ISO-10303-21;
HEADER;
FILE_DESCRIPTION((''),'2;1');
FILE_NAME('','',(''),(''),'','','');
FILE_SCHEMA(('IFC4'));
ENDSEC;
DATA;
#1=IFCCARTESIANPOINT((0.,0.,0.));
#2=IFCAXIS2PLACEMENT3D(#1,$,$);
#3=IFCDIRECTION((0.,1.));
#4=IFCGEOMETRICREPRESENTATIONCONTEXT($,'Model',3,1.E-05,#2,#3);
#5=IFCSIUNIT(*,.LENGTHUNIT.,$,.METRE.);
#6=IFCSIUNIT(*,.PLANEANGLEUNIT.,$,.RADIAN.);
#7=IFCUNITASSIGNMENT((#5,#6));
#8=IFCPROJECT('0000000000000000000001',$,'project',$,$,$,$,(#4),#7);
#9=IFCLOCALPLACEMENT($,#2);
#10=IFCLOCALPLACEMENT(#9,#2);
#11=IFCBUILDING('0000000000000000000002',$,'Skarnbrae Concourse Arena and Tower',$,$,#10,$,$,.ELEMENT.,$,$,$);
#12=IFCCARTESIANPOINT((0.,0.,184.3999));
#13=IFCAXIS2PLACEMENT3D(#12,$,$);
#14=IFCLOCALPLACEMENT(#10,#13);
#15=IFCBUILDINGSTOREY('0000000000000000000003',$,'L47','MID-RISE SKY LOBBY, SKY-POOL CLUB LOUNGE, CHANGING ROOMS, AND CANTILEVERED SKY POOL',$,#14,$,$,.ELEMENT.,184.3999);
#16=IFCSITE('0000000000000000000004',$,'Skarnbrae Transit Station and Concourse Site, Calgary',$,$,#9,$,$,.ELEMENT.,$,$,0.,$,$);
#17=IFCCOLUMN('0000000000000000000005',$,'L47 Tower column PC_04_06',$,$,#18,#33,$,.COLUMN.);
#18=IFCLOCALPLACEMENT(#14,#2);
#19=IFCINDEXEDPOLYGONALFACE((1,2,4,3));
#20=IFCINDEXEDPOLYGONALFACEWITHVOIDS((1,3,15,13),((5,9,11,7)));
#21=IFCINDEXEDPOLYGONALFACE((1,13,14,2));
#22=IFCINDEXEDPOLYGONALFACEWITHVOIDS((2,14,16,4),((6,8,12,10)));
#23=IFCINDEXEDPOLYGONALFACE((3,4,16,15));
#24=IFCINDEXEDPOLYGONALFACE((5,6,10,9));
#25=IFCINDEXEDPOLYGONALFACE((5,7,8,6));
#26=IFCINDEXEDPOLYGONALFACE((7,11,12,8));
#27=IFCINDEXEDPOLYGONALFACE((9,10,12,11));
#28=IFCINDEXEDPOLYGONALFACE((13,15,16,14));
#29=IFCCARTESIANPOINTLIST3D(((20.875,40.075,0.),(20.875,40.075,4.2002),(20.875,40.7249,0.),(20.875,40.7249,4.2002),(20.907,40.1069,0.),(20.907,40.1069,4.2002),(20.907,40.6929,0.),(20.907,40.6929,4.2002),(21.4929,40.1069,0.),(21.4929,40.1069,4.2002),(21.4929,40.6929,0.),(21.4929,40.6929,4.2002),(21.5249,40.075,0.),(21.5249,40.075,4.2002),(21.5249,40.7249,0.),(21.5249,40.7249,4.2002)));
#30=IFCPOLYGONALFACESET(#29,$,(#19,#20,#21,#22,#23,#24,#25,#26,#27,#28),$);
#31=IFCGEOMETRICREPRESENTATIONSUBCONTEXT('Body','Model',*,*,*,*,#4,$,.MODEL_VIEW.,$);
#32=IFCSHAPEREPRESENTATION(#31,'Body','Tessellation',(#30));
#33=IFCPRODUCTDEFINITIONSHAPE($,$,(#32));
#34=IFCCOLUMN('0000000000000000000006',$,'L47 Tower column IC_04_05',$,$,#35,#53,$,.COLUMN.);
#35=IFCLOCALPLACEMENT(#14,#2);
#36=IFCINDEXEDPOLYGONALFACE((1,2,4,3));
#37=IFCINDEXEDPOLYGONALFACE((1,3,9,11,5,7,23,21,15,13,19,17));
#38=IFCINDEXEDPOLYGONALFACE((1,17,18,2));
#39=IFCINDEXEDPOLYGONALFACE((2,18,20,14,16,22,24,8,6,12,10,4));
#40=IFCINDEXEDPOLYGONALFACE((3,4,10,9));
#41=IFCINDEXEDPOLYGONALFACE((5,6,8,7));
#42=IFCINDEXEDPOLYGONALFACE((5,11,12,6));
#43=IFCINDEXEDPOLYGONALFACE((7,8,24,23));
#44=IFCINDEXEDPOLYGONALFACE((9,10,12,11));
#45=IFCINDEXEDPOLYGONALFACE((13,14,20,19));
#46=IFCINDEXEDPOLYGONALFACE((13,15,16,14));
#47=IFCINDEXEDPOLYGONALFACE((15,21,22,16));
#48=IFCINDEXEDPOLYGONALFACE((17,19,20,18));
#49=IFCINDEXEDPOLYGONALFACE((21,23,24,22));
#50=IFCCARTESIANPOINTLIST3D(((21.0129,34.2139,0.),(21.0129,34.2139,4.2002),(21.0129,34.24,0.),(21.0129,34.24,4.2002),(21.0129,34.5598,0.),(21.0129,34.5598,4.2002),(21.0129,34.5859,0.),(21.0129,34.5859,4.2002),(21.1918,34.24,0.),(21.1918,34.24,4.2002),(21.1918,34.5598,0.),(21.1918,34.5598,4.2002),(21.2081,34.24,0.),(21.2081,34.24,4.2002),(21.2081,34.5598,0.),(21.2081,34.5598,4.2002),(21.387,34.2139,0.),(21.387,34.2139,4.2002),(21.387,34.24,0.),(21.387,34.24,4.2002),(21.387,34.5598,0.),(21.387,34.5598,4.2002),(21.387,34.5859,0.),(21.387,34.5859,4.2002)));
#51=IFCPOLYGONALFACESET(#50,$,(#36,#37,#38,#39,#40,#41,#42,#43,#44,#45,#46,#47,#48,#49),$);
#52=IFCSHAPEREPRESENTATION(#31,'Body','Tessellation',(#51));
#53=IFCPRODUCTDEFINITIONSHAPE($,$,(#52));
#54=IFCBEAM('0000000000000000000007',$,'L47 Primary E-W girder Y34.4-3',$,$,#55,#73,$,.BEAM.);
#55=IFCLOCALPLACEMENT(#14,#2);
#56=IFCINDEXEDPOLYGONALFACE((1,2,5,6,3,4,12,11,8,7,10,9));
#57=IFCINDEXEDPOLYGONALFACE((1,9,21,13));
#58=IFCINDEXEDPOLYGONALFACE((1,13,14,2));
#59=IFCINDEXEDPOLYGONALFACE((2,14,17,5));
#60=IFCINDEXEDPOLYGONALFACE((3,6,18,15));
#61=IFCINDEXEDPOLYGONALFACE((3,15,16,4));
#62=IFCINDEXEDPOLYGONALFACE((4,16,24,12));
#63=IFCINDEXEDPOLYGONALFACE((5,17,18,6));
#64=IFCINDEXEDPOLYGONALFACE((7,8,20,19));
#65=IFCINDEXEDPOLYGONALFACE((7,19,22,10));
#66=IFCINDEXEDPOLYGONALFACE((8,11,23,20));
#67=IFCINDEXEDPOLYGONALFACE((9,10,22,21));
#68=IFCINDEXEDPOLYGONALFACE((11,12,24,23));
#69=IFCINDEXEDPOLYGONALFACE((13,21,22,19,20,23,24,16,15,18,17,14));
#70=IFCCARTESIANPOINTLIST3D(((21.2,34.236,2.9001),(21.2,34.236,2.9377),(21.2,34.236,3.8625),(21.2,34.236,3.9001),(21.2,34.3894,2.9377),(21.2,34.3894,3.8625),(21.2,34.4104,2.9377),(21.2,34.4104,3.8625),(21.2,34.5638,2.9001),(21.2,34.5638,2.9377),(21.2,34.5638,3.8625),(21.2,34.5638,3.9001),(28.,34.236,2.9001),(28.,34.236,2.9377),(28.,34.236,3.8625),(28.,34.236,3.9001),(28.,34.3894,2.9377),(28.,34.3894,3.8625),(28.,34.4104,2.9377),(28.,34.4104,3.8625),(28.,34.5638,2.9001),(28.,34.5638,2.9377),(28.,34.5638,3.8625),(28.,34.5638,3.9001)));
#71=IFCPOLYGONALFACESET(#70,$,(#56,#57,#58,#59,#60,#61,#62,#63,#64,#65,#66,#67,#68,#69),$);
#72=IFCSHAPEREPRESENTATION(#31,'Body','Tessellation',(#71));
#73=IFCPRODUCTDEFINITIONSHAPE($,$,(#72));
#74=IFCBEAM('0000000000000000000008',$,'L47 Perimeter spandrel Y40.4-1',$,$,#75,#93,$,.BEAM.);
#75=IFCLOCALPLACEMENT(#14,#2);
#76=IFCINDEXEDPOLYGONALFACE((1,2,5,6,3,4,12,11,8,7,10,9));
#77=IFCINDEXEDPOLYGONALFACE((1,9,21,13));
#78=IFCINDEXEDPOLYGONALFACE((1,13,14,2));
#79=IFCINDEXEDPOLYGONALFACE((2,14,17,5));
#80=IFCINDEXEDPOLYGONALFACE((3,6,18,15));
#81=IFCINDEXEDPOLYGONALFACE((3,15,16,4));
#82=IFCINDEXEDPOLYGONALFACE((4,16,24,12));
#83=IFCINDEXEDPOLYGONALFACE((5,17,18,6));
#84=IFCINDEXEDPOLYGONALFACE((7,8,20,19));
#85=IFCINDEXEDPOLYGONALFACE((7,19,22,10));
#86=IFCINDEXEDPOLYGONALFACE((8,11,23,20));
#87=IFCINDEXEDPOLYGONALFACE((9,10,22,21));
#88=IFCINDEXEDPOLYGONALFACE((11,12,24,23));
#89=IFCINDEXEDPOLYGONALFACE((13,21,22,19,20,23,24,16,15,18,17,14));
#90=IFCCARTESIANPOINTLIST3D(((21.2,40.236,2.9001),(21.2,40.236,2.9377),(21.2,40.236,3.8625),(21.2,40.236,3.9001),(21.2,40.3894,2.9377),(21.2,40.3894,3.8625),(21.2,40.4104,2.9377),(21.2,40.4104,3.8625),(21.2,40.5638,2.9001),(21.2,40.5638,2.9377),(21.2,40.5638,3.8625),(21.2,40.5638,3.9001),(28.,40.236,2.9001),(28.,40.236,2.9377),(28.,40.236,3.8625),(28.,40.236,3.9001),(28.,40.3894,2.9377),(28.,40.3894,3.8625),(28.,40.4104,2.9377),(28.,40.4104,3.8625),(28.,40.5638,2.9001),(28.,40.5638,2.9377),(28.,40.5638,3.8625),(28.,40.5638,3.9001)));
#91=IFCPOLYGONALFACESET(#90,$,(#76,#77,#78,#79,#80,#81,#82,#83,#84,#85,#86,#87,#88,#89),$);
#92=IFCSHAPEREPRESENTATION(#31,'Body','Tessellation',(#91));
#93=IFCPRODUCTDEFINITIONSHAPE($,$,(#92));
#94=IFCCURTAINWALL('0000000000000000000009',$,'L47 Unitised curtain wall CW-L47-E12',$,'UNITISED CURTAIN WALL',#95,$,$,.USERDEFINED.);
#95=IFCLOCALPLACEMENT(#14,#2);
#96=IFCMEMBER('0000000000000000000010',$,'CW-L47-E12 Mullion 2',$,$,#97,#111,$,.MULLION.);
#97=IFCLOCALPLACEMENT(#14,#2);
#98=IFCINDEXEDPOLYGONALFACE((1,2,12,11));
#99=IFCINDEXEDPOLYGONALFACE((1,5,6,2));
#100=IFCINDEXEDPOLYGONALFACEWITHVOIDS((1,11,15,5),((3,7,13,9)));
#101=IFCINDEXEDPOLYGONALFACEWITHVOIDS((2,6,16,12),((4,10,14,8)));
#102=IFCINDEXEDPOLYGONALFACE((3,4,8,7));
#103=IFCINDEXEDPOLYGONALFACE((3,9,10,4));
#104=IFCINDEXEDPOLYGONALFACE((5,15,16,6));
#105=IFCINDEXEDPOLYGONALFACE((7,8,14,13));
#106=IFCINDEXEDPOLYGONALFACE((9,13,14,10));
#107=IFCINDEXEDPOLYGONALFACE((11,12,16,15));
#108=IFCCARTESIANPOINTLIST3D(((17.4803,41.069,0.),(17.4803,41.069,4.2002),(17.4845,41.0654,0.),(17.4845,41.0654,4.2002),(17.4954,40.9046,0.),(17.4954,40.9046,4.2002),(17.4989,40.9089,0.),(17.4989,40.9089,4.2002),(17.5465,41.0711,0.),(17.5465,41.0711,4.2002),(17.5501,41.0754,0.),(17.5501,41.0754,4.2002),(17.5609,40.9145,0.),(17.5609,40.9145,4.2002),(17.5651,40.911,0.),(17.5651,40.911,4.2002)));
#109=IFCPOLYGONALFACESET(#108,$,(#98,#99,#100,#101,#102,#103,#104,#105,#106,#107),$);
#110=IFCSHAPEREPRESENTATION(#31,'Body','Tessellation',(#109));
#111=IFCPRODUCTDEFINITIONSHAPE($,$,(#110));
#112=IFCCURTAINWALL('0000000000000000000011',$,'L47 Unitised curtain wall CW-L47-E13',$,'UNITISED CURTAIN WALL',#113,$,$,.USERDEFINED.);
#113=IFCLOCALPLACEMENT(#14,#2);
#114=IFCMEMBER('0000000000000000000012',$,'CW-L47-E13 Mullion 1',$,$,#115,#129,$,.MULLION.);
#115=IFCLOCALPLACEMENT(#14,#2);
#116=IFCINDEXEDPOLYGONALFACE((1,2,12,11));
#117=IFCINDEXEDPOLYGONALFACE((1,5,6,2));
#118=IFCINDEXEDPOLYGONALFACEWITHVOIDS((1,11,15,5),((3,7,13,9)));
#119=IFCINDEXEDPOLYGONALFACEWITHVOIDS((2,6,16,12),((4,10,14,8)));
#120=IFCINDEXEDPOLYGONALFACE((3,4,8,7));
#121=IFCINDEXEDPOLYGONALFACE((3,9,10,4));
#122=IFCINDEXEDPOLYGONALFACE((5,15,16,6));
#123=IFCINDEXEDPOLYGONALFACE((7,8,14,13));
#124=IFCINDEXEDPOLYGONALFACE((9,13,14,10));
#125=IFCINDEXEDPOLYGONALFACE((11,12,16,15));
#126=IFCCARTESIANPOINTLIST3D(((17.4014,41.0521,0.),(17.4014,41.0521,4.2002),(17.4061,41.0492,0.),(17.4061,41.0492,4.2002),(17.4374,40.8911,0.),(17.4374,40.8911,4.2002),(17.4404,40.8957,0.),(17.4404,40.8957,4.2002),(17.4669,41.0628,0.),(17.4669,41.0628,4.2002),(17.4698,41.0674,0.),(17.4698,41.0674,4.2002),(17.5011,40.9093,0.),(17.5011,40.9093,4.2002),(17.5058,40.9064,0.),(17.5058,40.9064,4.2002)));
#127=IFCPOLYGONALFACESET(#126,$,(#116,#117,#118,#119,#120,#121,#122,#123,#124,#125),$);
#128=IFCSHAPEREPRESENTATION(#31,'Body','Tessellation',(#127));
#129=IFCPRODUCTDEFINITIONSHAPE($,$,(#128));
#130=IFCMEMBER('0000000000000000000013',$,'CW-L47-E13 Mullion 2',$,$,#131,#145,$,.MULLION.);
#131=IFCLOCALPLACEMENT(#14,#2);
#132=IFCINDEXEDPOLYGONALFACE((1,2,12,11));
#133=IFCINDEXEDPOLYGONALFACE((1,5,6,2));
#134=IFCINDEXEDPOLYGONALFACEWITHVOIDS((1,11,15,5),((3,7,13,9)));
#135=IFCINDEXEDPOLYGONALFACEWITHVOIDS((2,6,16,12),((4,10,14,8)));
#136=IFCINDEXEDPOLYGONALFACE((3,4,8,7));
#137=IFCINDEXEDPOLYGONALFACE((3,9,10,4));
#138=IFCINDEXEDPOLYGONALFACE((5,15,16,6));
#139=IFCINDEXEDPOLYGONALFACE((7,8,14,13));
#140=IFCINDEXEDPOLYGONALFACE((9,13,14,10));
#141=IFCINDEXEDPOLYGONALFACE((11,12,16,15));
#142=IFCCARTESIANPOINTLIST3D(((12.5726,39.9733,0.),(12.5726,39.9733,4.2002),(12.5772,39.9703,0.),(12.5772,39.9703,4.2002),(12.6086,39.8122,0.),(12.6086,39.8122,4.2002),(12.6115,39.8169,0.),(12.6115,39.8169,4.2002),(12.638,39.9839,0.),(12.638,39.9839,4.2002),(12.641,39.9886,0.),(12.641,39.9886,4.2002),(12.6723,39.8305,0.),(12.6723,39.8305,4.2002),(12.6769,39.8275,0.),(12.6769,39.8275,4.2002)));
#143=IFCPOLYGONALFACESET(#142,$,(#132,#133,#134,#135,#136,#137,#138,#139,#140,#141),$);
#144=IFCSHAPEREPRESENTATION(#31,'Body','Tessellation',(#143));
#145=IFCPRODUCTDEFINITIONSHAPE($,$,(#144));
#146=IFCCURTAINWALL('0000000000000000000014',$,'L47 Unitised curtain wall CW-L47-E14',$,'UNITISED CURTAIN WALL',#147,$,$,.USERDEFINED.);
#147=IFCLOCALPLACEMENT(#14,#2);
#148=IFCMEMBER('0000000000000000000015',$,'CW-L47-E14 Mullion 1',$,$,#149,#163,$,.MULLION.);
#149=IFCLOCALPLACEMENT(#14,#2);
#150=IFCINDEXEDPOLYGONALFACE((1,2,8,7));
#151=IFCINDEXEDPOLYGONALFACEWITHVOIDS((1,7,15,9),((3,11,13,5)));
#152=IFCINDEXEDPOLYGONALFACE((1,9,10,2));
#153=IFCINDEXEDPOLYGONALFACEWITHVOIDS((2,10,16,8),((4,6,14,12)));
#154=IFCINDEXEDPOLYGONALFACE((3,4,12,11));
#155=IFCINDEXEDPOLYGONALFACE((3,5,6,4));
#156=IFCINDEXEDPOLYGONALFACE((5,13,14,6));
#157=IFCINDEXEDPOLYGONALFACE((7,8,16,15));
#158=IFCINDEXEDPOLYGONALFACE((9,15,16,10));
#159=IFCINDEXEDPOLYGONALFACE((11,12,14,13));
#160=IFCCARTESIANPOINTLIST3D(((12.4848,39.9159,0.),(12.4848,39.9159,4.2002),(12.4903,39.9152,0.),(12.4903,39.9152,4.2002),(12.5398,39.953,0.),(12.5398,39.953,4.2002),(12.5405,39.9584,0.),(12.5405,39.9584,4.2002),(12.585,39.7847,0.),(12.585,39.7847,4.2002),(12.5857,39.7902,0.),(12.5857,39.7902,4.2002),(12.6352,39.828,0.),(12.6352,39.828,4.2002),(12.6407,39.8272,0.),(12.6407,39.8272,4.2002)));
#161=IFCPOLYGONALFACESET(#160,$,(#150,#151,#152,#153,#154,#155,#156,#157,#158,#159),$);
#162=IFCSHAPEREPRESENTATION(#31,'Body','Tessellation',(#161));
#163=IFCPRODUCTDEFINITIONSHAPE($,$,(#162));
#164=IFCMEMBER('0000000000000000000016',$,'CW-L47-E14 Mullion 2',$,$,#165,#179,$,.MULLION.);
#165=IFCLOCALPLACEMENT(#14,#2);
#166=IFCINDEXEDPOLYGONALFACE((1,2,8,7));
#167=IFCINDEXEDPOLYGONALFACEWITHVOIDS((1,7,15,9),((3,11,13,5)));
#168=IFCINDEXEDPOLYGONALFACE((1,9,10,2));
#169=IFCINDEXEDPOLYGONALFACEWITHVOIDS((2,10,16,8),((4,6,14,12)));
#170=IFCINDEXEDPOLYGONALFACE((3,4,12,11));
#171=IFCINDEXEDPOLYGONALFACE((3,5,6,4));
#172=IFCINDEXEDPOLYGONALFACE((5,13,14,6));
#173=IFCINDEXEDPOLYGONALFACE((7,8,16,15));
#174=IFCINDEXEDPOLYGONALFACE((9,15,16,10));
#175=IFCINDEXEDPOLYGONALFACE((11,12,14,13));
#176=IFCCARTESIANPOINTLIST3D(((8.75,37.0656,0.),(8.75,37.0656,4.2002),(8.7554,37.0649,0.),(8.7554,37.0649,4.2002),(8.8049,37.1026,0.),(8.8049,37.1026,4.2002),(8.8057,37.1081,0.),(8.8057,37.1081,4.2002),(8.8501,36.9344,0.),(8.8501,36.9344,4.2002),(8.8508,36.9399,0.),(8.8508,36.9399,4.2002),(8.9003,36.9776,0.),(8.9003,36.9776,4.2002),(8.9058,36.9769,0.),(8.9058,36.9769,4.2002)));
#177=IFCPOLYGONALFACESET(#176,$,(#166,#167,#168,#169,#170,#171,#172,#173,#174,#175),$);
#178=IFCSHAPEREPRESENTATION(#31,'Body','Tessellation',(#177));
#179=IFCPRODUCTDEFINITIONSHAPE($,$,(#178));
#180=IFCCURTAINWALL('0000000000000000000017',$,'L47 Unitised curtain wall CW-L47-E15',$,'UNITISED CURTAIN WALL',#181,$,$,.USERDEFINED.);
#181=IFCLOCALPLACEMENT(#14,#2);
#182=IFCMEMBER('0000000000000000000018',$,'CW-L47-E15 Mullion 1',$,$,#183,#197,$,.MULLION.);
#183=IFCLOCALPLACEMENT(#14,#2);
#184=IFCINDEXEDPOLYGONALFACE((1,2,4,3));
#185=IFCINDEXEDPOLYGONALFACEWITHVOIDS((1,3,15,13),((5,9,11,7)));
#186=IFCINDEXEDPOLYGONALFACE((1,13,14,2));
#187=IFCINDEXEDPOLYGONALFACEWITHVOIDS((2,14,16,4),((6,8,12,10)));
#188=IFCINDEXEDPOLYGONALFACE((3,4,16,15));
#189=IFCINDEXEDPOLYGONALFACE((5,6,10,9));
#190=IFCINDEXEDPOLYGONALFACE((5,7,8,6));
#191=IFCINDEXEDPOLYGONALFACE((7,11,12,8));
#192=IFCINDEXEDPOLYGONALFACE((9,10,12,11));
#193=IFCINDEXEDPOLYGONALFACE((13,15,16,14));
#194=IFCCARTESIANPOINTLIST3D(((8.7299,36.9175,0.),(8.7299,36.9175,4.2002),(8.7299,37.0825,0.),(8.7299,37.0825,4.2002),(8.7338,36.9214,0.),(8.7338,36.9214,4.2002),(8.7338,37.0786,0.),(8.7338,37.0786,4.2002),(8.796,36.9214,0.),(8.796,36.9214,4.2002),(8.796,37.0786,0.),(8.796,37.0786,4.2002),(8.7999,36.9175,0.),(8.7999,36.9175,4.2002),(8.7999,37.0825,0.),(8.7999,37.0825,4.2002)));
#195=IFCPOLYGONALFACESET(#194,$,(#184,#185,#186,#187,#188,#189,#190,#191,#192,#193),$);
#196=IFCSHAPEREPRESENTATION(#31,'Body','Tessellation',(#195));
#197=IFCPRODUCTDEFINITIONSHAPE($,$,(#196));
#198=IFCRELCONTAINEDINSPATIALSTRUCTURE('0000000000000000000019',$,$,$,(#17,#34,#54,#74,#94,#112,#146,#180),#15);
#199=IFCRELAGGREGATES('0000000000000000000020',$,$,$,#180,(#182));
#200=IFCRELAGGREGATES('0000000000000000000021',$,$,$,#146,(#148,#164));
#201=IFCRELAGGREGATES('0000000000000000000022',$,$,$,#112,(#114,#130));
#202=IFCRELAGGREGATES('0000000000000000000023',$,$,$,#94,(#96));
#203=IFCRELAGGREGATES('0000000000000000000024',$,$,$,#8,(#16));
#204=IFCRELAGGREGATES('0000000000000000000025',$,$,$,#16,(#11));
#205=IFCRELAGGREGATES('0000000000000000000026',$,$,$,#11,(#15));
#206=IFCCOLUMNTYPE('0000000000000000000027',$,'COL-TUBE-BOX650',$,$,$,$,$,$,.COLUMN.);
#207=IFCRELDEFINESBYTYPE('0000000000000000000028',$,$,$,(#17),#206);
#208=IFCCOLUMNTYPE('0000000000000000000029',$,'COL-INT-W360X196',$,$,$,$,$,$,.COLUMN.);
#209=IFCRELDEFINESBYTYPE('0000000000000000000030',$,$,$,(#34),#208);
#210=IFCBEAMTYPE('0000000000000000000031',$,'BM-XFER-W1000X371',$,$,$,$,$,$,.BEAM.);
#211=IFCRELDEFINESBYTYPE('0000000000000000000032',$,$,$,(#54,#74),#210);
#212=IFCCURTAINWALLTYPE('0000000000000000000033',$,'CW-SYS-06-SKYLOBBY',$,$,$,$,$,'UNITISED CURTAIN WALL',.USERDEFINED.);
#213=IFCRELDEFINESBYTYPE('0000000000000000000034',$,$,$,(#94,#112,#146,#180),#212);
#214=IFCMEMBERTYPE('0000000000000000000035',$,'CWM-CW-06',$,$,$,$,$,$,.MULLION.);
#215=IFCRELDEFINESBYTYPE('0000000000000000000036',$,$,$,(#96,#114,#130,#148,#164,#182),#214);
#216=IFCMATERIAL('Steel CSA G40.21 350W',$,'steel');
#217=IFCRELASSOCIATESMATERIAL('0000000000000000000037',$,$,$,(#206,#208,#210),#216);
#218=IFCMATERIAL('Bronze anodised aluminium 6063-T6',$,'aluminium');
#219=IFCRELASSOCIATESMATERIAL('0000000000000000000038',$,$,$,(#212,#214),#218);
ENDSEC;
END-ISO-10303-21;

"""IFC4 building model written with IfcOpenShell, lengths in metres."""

from ifc_helpers import new_model, si_unit, direction, frame, origin, origin_2d, place, context, subcontext, project, spatial, hollow_rectangle, i_section, extrude, source, transform, mapped, material, material_profile, profile_set, type_object, element, aggregate, save


model = new_model("IFC4")

# Units and contexts
model_context = context("Model", 3, precision=1e-05, world=origin(), true_north=direction((0.0, 1.0)))
body_context = subcontext(model_context, "Body", "Model", "MODEL_VIEW")
ifc_project = project(units=[si_unit("LENGTHUNIT", "METRE"), si_unit("PLANEANGLEUNIT", "RADIAN")], contexts=[model_context])

# Site, building, storey
site_placement = place(None, origin())
site = spatial("IfcSite", under=ifc_project, at=site_placement, Name="Skarnbrae Transit Station and Concourse Site, Calgary", CompositionType="ELEMENT", RefElevation=0.0)
building_placement = place(site_placement, origin())
building = spatial("IfcBuilding", under=site, at=building_placement, Name="Skarnbrae Concourse Arena and Tower", CompositionType="ELEMENT")
storey_placement = place(building_placement, frame((0.0, 0.0, 184.3999)))
storey = spatial("IfcBuildingStorey", under=building, at=storey_placement, Name="L47", Description="MID-RISE SKY LOBBY, SKY-POOL CLUB LOUNGE, CHANGING ROOMS, AND CANTILEVERED SKY POOL", CompositionType="ELEMENT", Elevation=184.3999)

# Columns
ifc_material_1 = material(Name="Steel CSA G40.21 350W", Category="steel")
ifc_material_profile_1 = material_profile(ifc_material_1, hollow_rectangle(XDim=0.6499, YDim=0.6499, WallThickness=0.032, at=origin_2d()), Name="BOX650X650X32")
ifc_profile_set_1 = profile_set([ifc_material_profile_1], Name="Steel CSA G40.21 350W")
column_type_1 = type_object("IfcColumnType", Name="COL-TUBE-BOX650", PredefinedType="COLUMN", material=ifc_profile_set_1)
shared_shape_1 = source(origin(), body_context, "Body", "SweptSolid", [
    extrude(hollow_rectangle(XDim=0.6499, YDim=0.6499, WallThickness=0.032, at=origin_2d()), origin(), (0.0, 0.0, 1.0), 4.2002),
])
column_1_placement = place(storey_placement, frame((21.2, 40.3999, 0.0), z_axis=(0.0, 0.0, 1.0), x_axis=(1.0, 0.0, 0.0)))
element("IfcColumn", 1, at=column_1_placement, inside=storey, type_object=column_type_1, Name="L47 Tower column PC_04_06", PredefinedType="COLUMN", context=body_context, shape_type="MappedRepresentation", body=[
    mapped(shared_shape_1, transform((0.0, 0.0, 0.0))),
])
ifc_material_profile_2 = material_profile(ifc_material_1, i_section(OverallWidth=0.374, OverallDepth=0.3721, WebThickness=0.0164, FlangeThickness=0.0261, at=origin_2d()), Name="W360X196")
ifc_profile_set_2 = profile_set([ifc_material_profile_2], Name="Steel CSA G40.21 350W")
column_type_2 = type_object("IfcColumnType", Name="COL-INT-W360X196", PredefinedType="COLUMN", material=ifc_profile_set_2)
shared_shape_2 = source(origin(), body_context, "Body", "SweptSolid", [
    extrude(i_section(OverallWidth=0.374, OverallDepth=0.3721, WebThickness=0.0164, FlangeThickness=0.0261, at=origin_2d()), origin(), (0.0, 0.0, 1.0), 4.2002),
])
column_2_placement = place(storey_placement, frame((21.2, 34.3999, 0.0), z_axis=(0.0, 0.0, 1.0), x_axis=(1.0, 0.0, 0.0)))
element("IfcColumn", 2, at=column_2_placement, inside=storey, type_object=column_type_2, Name="L47 Tower column IC_04_05", PredefinedType="COLUMN", context=body_context, shape_type="MappedRepresentation", body=[
    mapped(shared_shape_2, transform((0.0, 0.0, 0.0))),
])

# Beams
ifc_material_profile_3 = material_profile(ifc_material_1, i_section(OverallWidth=0.3279, OverallDepth=1.0, WebThickness=0.021, FlangeThickness=0.0376, at=origin_2d()), Name="W1000X371")
ifc_profile_set_3 = profile_set([ifc_material_profile_3], Name="Steel CSA G40.21 350W")
beam_type = type_object("IfcBeamType", Name="BM-XFER-W1000X371", PredefinedType="BEAM", material=ifc_profile_set_3)
shared_shape_3 = source(origin(), body_context, "Body", "SweptSolid", [
    extrude(i_section(OverallWidth=0.3279, OverallDepth=1.0, WebThickness=0.021, FlangeThickness=0.0376, at=origin_2d()), origin(), (0.0, 0.0, 1.0), 6.8),
])
for number, where, z_axis, x_axis, name in (
    (3, (21.2, 34.3999, 3.4001), (1.0, 0.0, 0.0), (0.0, 1.0, 0.0), "L47 Primary E-W girder Y34.4-3"),
    (4, (21.2, 40.3999, 3.4001), (1.0, 0.0, 0.0), (0.0, 1.0, 0.0), "L47 Perimeter spandrel Y40.4-1"),
):
    element("IfcBeam", number, at=place(storey_placement, frame(where, z_axis=z_axis, x_axis=x_axis)), inside=storey, type_object=beam_type, Name=name, PredefinedType="BEAM", context=body_context, shape_type="MappedRepresentation", body=[
        mapped(shared_shape_3, transform((0.0, 0.0, 0.0))),
    ])

# Curtain wall, member
ifc_material_2 = material(Name="Bronze anodised aluminium 6063-T6", Category="aluminium")
curtain_wall_type = type_object("IfcCurtainWallType", Name="CW-SYS-06-SKYLOBBY", ElementType="UNITISED CURTAIN WALL", PredefinedType="USERDEFINED", material=ifc_material_2)
curtain_wall_1_placement = place(storey_placement, origin())
curtain_wall_1 = element("IfcCurtainWall", 5, at=curtain_wall_1_placement, inside=storey, type_object=curtain_wall_type, Name="L47 Unitised curtain wall CW-L47-E12", ObjectType="UNITISED CURTAIN WALL", PredefinedType="USERDEFINED")
ifc_material_profile_4 = material_profile(ifc_material_2, hollow_rectangle(XDim=0.0701, YDim=0.165, WallThickness=0.0039, at=origin_2d()), Name="ALU-MULL-70X165")
ifc_profile_set_4 = profile_set([ifc_material_profile_4], Name="Bronze anodised aluminium 6063-T6")
member_type_1 = type_object("IfcMemberType", Name="CWM-CW-06", PredefinedType="MULLION", material=ifc_profile_set_4)
shared_shape_4 = source(origin(), body_context, "Body", "SweptSolid", [
    extrude(hollow_rectangle(XDim=0.0701, YDim=0.165, WallThickness=0.0039, at=origin_2d()), origin(), (0.0, 0.0, 1.0), 4.2002),
])
member_1_placement = place(storey_placement, frame((17.5227, 40.99, 0.0), z_axis=(0.0, 0.0, 1.0), x_axis=(-0.99582, -0.091338, 0.0)))
member_1 = element("IfcMember", 6, at=member_1_placement, type_object=member_type_1, Name="CW-L47-E12 Mullion 2", PredefinedType="MULLION", context=body_context, shape_type="MappedRepresentation", body=[
    mapped(shared_shape_4, transform((0.0, 0.0, 0.0))),
])

# Curtain walls, members
curtain_wall_2_placement = place(storey_placement, origin())
curtain_wall_2 = element("IfcCurtainWall", 7, at=curtain_wall_2_placement, inside=storey, type_object=curtain_wall_type, Name="L47 Unitised curtain wall CW-L47-E13", ObjectType="UNITISED CURTAIN WALL", PredefinedType="USERDEFINED")
member_2_placement = place(storey_placement, frame((17.4536, 40.9792, 0.0), z_axis=(0.0, 0.0, 1.0), x_axis=(-0.975936, -0.218056, 0.0)))
member_2 = element("IfcMember", 8, at=member_2_placement, type_object=member_type_1, Name="CW-L47-E13 Mullion 1", PredefinedType="MULLION", context=body_context, shape_type="MappedRepresentation", body=[
    mapped(shared_shape_4, transform((0.0, 0.0, 0.0))),
])
member_3_placement = place(storey_placement, frame((12.6248, 39.9004, 0.0), z_axis=(0.0, 0.0, 1.0), x_axis=(-0.975936, -0.218056, 0.0)))
member_3 = element("IfcMember", 9, at=member_3_placement, type_object=member_type_1, Name="CW-L47-E13 Mullion 2", PredefinedType="MULLION", context=body_context, shape_type="MappedRepresentation", body=[
    mapped(shared_shape_4, transform((0.0, 0.0, 0.0))),
])
curtain_wall_3_placement = place(storey_placement, origin())
curtain_wall_3 = element("IfcCurtainWall", 10, at=curtain_wall_3_placement, inside=storey, type_object=curtain_wall_type, Name="L47 Unitised curtain wall CW-L47-E14", ObjectType="UNITISED CURTAIN WALL", PredefinedType="USERDEFINED")
member_4_placement = place(storey_placement, frame((12.5627, 39.8716, 0.0), z_axis=(0.0, 0.0, 1.0), x_axis=(-0.794956, -0.606667, 0.0)))
member_4 = element("IfcMember", 11, at=member_4_placement, type_object=member_type_1, Name="CW-L47-E14 Mullion 1", PredefinedType="MULLION", context=body_context, shape_type="MappedRepresentation", body=[
    mapped(shared_shape_4, transform((0.0, 0.0, 0.0))),
])
member_5_placement = place(storey_placement, frame((8.8279, 37.0212, 0.0), z_axis=(0.0, 0.0, 1.0), x_axis=(-0.794956, -0.606667, 0.0)))
member_5 = element("IfcMember", 12, at=member_5_placement, type_object=member_type_1, Name="CW-L47-E14 Mullion 2", PredefinedType="MULLION", context=body_context, shape_type="MappedRepresentation", body=[
    mapped(shared_shape_4, transform((0.0, 0.0, 0.0))),
])

# Curtain wall, member
curtain_wall_4_placement = place(storey_placement, origin())
curtain_wall_4 = element("IfcCurtainWall", 13, at=curtain_wall_4_placement, inside=storey, type_object=curtain_wall_type, Name="L47 Unitised curtain wall CW-L47-E15", ObjectType="UNITISED CURTAIN WALL", PredefinedType="USERDEFINED")
member_6_placement = place(storey_placement, frame((8.7649, 37.0, 0.0), z_axis=(0.0, 0.0, 1.0), x_axis=(-1.0, 0.0, 0.0)))
member_6 = element("IfcMember", 14, at=member_6_placement, type_object=member_type_1, Name="CW-L47-E15 Mullion 1", PredefinedType="MULLION", context=body_context, shape_type="MappedRepresentation", body=[
    mapped(shared_shape_4, transform((0.0, 0.0, 0.0))),
])
aggregate(curtain_wall_4, [member_6])

aggregate(curtain_wall_3, [member_4, member_5])
aggregate(curtain_wall_2, [member_2, member_3])
aggregate(curtain_wall_1, [member_1])

save(model, "model.ifc")
